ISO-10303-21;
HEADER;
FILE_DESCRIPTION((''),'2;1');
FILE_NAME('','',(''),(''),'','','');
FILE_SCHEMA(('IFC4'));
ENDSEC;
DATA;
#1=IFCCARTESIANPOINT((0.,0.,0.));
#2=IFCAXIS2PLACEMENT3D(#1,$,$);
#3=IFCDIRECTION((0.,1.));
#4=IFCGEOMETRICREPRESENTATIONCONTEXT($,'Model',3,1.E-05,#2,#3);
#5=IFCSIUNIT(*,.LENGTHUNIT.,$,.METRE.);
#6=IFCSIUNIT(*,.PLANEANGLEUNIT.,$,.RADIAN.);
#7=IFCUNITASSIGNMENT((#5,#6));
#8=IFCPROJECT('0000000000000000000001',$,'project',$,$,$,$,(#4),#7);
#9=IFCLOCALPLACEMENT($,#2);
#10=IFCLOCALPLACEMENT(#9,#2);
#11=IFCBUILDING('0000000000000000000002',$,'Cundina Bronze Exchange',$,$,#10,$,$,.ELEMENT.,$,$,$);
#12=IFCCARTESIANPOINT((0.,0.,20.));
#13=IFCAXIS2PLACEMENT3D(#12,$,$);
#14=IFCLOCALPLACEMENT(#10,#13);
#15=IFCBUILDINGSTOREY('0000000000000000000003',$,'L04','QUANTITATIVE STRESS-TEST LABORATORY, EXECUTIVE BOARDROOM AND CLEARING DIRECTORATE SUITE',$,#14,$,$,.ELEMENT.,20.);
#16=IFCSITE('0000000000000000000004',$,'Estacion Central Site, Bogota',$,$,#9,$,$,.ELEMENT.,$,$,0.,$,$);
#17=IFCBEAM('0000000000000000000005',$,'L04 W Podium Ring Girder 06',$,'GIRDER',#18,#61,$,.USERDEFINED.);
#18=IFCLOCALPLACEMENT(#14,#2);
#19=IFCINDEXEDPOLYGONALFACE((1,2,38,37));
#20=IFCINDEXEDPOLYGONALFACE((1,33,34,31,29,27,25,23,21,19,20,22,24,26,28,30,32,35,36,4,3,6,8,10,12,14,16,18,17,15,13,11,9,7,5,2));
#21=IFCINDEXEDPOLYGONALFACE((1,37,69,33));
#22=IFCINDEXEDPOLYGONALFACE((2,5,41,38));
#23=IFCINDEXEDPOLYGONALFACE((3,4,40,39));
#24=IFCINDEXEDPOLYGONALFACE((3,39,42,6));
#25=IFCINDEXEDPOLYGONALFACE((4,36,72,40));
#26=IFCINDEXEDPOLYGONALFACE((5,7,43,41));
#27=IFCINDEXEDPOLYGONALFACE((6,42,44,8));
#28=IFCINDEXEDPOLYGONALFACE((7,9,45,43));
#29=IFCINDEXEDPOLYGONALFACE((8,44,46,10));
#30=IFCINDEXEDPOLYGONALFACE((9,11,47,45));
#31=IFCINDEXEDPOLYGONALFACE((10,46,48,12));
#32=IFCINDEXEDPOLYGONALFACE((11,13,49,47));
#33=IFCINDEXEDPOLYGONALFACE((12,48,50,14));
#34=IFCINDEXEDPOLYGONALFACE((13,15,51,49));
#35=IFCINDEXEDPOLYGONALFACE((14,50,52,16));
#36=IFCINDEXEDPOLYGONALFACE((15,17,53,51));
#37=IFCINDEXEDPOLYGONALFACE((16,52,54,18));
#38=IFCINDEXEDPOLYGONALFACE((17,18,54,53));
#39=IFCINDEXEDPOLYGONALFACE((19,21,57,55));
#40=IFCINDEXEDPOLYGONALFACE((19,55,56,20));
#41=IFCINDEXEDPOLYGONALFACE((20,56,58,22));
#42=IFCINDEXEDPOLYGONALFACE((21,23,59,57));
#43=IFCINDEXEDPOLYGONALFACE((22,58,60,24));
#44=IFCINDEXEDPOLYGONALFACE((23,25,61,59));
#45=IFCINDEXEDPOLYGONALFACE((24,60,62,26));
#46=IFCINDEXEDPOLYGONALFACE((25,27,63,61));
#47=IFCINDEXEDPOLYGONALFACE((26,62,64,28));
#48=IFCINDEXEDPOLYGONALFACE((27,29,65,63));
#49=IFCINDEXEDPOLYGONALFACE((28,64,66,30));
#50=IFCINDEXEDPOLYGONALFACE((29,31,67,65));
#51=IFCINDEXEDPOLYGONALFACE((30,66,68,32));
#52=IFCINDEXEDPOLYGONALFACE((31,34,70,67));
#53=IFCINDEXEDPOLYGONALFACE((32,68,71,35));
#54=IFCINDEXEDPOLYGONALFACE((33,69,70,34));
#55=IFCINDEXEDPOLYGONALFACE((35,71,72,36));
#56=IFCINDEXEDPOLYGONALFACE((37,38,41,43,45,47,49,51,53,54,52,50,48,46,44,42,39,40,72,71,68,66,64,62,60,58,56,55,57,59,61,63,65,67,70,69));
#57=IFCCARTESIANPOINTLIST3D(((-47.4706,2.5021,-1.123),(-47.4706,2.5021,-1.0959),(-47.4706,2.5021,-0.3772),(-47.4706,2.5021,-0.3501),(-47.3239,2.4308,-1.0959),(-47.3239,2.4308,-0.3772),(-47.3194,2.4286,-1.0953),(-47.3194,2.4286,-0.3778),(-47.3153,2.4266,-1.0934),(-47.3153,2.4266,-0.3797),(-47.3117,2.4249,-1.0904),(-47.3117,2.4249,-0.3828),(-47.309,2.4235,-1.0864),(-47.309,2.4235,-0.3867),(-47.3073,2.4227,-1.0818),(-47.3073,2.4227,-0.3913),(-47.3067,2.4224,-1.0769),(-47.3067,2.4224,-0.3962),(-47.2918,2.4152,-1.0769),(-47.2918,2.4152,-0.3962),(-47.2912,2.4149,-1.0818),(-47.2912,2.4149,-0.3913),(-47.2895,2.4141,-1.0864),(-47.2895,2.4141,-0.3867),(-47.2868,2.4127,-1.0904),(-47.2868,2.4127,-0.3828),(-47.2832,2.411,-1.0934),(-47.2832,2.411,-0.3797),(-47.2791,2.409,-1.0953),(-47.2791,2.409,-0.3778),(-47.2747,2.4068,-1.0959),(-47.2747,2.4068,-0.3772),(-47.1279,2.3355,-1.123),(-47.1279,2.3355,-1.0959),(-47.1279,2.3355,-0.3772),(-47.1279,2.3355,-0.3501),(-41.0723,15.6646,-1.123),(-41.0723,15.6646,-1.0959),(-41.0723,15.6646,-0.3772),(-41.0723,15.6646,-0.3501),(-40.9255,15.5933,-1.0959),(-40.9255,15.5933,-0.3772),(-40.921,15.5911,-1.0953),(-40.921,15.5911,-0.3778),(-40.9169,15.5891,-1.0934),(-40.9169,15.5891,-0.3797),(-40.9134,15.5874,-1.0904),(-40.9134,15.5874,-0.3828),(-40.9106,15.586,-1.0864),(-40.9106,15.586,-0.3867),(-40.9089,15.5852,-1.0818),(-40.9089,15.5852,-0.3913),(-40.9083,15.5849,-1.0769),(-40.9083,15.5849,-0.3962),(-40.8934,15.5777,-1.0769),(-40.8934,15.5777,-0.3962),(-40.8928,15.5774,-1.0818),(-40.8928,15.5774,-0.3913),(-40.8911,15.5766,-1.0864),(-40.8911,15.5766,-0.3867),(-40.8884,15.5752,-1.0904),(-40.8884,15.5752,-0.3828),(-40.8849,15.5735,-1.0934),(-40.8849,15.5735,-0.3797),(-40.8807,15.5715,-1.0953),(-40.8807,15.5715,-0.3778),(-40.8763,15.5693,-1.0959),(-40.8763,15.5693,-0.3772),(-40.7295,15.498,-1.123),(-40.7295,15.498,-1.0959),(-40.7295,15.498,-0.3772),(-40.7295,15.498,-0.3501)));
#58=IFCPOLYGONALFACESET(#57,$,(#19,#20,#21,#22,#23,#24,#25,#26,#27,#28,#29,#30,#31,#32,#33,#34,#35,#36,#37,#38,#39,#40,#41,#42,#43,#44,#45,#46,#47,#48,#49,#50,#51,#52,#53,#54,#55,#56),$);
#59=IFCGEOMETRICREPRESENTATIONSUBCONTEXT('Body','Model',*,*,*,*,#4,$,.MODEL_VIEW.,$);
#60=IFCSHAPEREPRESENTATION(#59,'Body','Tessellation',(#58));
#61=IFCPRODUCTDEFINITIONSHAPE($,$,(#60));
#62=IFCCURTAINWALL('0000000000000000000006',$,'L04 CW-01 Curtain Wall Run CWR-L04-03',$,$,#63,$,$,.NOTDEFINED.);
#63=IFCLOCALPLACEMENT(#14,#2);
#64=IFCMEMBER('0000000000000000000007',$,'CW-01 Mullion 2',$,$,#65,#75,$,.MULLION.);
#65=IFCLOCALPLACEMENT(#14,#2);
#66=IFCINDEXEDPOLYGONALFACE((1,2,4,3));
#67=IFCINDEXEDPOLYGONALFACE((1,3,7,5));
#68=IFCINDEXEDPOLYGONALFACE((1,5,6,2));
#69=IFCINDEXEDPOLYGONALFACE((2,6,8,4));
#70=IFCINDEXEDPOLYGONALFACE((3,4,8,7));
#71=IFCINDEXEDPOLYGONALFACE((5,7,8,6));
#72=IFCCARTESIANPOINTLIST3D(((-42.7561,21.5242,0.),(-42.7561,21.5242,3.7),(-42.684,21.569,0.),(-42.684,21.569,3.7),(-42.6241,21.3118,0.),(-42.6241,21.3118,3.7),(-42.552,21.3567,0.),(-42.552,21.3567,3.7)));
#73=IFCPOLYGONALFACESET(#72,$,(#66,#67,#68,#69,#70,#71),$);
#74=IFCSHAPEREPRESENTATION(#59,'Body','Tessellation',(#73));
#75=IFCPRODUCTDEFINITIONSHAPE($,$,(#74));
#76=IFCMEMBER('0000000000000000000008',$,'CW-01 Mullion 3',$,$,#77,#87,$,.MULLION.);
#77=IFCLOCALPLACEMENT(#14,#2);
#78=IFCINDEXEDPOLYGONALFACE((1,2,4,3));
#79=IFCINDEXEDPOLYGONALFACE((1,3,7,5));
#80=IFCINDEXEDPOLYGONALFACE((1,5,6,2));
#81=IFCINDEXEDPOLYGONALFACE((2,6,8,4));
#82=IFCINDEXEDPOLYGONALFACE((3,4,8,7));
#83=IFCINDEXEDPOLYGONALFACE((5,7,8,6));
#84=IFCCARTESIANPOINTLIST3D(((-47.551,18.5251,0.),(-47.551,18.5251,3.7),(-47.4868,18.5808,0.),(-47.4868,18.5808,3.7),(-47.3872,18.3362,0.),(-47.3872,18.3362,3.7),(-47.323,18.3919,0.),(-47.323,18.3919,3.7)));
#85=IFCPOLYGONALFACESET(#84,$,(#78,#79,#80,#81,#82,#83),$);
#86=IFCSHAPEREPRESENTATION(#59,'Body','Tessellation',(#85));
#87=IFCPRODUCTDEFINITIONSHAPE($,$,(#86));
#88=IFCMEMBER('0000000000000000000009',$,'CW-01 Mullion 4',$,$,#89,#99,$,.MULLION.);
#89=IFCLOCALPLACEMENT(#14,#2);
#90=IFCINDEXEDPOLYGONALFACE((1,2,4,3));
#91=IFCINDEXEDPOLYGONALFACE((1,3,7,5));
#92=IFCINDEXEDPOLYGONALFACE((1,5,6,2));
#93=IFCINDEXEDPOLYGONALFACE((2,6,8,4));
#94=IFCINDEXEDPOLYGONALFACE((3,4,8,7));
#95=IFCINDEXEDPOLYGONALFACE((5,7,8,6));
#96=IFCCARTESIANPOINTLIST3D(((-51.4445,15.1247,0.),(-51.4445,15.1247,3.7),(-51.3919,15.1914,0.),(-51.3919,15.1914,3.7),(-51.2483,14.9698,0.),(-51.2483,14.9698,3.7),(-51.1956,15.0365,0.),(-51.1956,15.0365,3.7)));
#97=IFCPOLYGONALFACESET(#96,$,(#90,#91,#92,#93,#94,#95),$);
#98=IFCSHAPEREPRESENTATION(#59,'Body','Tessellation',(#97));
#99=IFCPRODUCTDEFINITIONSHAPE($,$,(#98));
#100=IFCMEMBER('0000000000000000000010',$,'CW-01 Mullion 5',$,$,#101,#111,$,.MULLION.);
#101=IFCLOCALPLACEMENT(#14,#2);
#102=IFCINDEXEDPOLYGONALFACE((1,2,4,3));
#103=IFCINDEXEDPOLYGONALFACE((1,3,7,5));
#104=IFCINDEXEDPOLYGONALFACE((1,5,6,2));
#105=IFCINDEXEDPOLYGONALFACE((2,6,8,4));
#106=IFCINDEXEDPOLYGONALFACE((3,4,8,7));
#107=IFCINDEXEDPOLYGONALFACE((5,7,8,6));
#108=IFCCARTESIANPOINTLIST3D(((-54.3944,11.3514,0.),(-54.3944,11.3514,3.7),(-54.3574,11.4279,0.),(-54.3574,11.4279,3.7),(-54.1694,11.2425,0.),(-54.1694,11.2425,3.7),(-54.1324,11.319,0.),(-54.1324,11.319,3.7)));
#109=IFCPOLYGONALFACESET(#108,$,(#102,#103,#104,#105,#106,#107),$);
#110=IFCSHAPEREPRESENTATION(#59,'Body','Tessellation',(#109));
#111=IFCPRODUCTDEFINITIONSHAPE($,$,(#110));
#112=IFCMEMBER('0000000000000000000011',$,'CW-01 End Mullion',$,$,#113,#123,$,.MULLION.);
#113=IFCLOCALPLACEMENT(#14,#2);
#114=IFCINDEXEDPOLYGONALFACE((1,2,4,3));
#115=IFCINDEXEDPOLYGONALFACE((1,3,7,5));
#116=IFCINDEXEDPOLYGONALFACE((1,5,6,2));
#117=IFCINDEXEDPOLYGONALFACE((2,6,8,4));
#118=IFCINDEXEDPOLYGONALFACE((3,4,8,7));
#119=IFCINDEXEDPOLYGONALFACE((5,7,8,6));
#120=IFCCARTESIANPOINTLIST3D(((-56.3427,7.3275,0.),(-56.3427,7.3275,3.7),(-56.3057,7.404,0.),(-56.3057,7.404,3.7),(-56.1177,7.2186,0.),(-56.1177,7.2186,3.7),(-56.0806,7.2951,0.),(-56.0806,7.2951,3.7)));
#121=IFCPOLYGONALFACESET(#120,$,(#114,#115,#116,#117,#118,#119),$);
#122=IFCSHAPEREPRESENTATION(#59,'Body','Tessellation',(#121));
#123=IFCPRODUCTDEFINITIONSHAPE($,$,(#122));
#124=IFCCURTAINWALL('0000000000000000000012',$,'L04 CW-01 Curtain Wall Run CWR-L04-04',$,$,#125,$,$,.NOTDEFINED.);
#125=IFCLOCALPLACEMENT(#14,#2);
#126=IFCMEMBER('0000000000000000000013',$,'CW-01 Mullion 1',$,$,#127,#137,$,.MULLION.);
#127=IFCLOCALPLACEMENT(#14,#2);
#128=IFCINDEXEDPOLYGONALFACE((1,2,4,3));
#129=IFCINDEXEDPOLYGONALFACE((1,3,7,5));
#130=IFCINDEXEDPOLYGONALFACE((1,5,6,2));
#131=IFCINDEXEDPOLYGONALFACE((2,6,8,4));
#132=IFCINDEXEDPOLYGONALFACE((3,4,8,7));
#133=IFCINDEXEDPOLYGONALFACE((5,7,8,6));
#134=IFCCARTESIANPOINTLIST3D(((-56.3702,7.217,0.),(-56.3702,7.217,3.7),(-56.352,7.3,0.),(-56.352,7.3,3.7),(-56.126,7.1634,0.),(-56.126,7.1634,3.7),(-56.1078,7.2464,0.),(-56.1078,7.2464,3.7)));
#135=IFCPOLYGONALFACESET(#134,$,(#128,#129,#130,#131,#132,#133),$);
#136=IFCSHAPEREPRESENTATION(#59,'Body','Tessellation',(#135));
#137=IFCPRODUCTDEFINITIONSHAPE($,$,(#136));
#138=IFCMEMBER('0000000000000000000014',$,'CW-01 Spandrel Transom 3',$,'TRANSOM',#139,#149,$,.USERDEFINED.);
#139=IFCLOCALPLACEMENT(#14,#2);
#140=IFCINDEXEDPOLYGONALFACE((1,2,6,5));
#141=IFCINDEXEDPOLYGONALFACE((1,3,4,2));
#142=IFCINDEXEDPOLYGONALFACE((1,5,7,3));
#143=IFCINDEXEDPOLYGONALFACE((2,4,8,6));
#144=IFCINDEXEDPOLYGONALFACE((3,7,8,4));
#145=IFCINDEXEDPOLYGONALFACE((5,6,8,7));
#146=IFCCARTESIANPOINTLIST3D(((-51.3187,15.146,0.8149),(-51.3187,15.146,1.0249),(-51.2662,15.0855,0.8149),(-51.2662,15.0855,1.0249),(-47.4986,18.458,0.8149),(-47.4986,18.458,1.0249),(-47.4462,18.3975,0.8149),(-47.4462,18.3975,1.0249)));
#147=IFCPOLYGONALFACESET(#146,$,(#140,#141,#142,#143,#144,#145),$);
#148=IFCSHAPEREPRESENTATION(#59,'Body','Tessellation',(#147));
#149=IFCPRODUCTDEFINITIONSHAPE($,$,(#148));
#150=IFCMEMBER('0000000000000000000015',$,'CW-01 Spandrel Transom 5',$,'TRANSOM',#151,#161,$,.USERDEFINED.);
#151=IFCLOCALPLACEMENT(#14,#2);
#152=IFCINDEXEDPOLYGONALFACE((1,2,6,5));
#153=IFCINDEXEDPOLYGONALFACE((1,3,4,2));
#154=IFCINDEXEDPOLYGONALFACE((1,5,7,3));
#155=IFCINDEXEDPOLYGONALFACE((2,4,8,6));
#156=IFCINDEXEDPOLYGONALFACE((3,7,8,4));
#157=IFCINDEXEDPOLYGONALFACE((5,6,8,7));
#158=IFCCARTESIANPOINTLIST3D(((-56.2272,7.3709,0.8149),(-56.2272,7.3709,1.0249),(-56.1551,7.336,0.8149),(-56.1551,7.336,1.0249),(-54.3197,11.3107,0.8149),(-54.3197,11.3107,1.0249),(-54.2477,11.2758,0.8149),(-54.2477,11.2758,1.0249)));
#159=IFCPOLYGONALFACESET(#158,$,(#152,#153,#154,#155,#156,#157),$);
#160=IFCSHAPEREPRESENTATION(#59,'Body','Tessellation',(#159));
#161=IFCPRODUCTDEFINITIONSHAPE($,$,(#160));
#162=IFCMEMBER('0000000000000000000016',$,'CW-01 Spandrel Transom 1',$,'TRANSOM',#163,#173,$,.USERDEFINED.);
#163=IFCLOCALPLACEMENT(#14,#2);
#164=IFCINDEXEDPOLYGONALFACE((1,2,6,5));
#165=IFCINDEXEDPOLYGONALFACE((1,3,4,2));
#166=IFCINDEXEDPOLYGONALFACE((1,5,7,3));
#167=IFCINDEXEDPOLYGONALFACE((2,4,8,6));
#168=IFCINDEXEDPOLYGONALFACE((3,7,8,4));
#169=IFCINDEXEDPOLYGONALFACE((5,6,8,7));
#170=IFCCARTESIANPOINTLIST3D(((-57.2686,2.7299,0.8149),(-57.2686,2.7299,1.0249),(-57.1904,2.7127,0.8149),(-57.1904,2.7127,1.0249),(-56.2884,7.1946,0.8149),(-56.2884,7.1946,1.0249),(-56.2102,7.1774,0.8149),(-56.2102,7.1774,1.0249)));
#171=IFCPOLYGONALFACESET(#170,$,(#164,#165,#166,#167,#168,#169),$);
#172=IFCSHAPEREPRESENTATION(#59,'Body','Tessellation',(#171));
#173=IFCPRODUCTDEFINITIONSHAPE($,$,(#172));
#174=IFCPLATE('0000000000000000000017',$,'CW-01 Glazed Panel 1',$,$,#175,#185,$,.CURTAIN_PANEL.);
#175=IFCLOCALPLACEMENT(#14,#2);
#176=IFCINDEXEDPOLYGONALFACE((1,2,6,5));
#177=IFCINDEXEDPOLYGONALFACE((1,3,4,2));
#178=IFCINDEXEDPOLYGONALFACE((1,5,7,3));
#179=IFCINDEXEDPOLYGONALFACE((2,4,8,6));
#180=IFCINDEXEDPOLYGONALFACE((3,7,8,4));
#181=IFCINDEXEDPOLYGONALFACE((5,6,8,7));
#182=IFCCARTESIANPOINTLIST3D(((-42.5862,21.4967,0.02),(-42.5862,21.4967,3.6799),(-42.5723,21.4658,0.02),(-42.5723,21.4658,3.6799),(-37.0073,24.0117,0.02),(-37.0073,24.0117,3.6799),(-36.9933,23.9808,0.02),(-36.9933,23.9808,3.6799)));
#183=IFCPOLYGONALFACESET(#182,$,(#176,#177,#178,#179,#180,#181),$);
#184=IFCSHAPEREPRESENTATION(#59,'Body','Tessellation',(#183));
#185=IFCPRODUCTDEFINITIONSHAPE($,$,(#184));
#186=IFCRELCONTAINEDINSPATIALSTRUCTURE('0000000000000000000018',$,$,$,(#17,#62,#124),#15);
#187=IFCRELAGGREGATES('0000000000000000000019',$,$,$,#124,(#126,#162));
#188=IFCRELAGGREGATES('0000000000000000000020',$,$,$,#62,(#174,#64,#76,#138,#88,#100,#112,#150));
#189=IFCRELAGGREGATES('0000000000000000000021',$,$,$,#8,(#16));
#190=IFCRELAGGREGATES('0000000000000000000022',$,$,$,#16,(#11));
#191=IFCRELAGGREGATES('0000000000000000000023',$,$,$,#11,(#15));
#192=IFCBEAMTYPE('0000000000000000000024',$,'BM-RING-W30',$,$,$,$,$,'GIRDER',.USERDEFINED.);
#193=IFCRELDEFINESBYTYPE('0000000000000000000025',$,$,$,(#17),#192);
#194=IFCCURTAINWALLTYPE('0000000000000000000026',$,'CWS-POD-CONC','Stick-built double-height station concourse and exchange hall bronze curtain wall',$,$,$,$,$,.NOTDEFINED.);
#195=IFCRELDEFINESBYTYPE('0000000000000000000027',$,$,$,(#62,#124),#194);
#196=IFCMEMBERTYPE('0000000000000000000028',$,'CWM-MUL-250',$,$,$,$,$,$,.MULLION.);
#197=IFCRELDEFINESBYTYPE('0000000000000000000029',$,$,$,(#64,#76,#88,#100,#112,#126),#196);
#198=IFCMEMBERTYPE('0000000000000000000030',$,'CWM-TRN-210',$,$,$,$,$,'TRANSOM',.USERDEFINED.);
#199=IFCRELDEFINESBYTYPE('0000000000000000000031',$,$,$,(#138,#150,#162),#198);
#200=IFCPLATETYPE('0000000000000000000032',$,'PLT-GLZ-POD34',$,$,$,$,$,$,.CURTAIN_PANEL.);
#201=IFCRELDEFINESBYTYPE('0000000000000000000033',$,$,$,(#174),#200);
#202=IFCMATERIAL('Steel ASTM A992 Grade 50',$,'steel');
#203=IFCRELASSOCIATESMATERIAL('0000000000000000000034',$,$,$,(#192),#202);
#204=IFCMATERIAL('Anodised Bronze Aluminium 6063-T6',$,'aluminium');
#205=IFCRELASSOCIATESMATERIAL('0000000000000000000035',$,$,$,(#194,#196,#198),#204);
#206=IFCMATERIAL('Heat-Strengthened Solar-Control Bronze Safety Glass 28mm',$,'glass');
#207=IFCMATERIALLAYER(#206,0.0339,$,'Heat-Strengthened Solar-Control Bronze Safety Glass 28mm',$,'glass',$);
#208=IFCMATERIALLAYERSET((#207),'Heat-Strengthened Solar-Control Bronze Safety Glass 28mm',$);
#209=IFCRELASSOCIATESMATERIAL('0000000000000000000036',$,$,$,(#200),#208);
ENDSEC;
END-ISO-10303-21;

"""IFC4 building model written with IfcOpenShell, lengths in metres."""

from ifc_helpers import new_model, si_unit, direction, frame, origin, origin_2d, place, context, subcontext, project, spatial, rectangle, i_section, extrude, material, layer, layer_set, material_profile, profile_set, type_object, element, aggregate, save


model = new_model("IFC4")

# Units and contexts
model_context = context("Model", 3, precision=1e-05, world=origin(), true_north=direction((0.0, 1.0)))
body_context = subcontext(model_context, "Body", "Model", "MODEL_VIEW")
ifc_project = project(units=[si_unit("LENGTHUNIT", "METRE"), si_unit("PLANEANGLEUNIT", "RADIAN")], contexts=[model_context])

# Site, building, storey
site_placement = place(None, origin())
site = spatial("IfcSite", under=ifc_project, at=site_placement, Name="Estacion Central Site, Bogota", CompositionType="ELEMENT", RefElevation=0.0)
building_placement = place(site_placement, origin())
building = spatial("IfcBuilding", under=site, at=building_placement, Name="Cundina Bronze Exchange", CompositionType="ELEMENT")
storey_placement = place(building_placement, frame((0.0, 0.0, 20.0)))
storey = spatial("IfcBuildingStorey", under=building, at=storey_placement, Name="L04", Description="QUANTITATIVE STRESS-TEST LABORATORY, EXECUTIVE BOARDROOM AND CLEARING DIRECTORATE SUITE", CompositionType="ELEMENT", Elevation=20.0)

# Beam
ifc_material_1 = material(Name="Steel ASTM A992 Grade 50", Category="steel")
ifc_material_profile_1 = material_profile(ifc_material_1, i_section(OverallWidth=0.3811, OverallDepth=0.7729, WebThickness=0.0166, FlangeThickness=0.0271, FilletRadius=0.019, at=origin_2d()), Name="W30X173", Category="steel")
ifc_profile_set_1 = profile_set([ifc_material_profile_1], Name="Steel ASTM A992 Grade 50")
beam_type_1 = type_object("IfcBeamType", Name="BM-RING-W30", ElementType="GIRDER", PredefinedType="USERDEFINED", material=ifc_profile_set_1)
beam_1_placement = place(storey_placement, frame((-40.9009, 15.5813, -0.7366), z_axis=(-0.43719, -0.899369, 0.0), x_axis=(0.899369, -0.43719, 0.0)))
element("IfcBeam", 1, at=beam_1_placement, inside=storey, type_object=beam_type_1, Name="L04 W Podium Ring Girder 06", ObjectType="GIRDER", PredefinedType="USERDEFINED", context=body_context, shape_type="SweptSolid", body=[
    extrude(i_section(OverallWidth=0.3811, OverallDepth=0.7729, WebThickness=0.0166, FlangeThickness=0.0271, FilletRadius=0.019, at=origin_2d()), origin(), (0.0, 0.0, 1.0), 14.6353),
])

# Curtain wall, members
ifc_material_2 = material(Name="Anodised Bronze Aluminium 6063-T6", Category="aluminium")
curtain_wall_type = type_object("IfcCurtainWallType", Name="CWS-POD-CONC", Description="Stick-built double-height station concourse and exchange hall bronze curtain wall", PredefinedType="NOTDEFINED", material=ifc_material_2)
curtain_wall_1_placement = place(storey_placement, origin())
curtain_wall_1 = element("IfcCurtainWall", 2, at=curtain_wall_1_placement, inside=storey, type_object=curtain_wall_type, Name="L04 CW-01 Curtain Wall Run CWR-L04-03", PredefinedType="NOTDEFINED")
ifc_material_profile_2 = material_profile(ifc_material_2, rectangle(XDim=0.085, YDim=0.25, at=origin_2d()), Name="AL85X250", Category="aluminium")
ifc_profile_set_2 = profile_set([ifc_material_profile_2], Name="Anodised Bronze Aluminium 6063-T6")
member_type_1 = type_object("IfcMemberType", Name="CWM-MUL-250", PredefinedType="MULLION", material=ifc_profile_set_2)
member_1_placement = place(storey_placement, frame((-42.6541, 21.4404, 0.0), z_axis=(0.0, 0.0, 1.0), x_axis=(-0.849248, -0.527994, 0.0)))
member_1 = element("IfcMember", 3, at=member_1_placement, type_object=member_type_1, Name="CW-01 Mullion 2", PredefinedType="MULLION", context=body_context, shape_type="SweptSolid", body=[
    extrude(rectangle(XDim=0.085, YDim=0.25, at=origin_2d()), origin(), (0.0, 0.0, 1.0), 3.7),
])
member_2_placement = place(storey_placement, frame((-47.437, 18.4585, 0.0), z_axis=(0.0, 0.0, 1.0), x_axis=(-0.755511, -0.655136, 0.0)))
member_2 = element("IfcMember", 4, at=member_2_placement, type_object=member_type_1, Name="CW-01 Mullion 3", PredefinedType="MULLION", context=body_context, shape_type="SweptSolid", body=[
    extrude(rectangle(XDim=0.085, YDim=0.25, at=origin_2d()), origin(), (0.0, 0.0, 1.0), 3.7),
])
member_3_placement = place(storey_placement, frame((-51.3201, 15.0806, 0.0), z_axis=(0.0, 0.0, 1.0), x_axis=(-0.619505, -0.784993, 0.0)))
member_3 = element("IfcMember", 5, at=member_3_placement, type_object=member_type_1, Name="CW-01 Mullion 4", PredefinedType="MULLION", context=body_context, shape_type="SweptSolid", body=[
    extrude(rectangle(XDim=0.085, YDim=0.25, at=origin_2d()), origin(), (0.0, 0.0, 1.0), 3.7),
])
member_4_placement = place(storey_placement, frame((-54.2634, 11.3352, 0.0), z_axis=(0.0, 0.0, 1.0), x_axis=(-0.435702, -0.900091, 0.0)))
member_4 = element("IfcMember", 6, at=member_4_placement, type_object=member_type_1, Name="CW-01 Mullion 5", PredefinedType="MULLION", context=body_context, shape_type="SweptSolid", body=[
    extrude(rectangle(XDim=0.085, YDim=0.25, at=origin_2d()), origin(), (0.0, 0.0, 1.0), 3.7),
])
member_5_placement = place(storey_placement, frame((-56.2117, 7.3113, 0.0), z_axis=(0.0, 0.0, 1.0), x_axis=(-0.435702, -0.900091, 0.0)))
member_5 = element("IfcMember", 7, at=member_5_placement, type_object=member_type_1, Name="CW-01 End Mullion", PredefinedType="MULLION", context=body_context, shape_type="SweptSolid", body=[
    extrude(rectangle(XDim=0.085, YDim=0.25, at=origin_2d()), origin(), (0.0, 0.0, 1.0), 3.7),
])

# Curtain wall, member
curtain_wall_2_placement = place(storey_placement, origin())
curtain_wall_2 = element("IfcCurtainWall", 8, at=curtain_wall_2_placement, inside=storey, type_object=curtain_wall_type, Name="L04 CW-01 Curtain Wall Run CWR-L04-04", PredefinedType="NOTDEFINED")
member_6_placement = place(storey_placement, frame((-56.239, 7.2317, 0.0), z_axis=(0.0, 0.0, 1.0), x_axis=(-0.214565, -0.97671, 0.0)))
member_6 = element("IfcMember", 9, at=member_6_placement, type_object=member_type_1, Name="CW-01 Mullion 1", PredefinedType="MULLION", context=body_context, shape_type="SweptSolid", body=[
    extrude(rectangle(XDim=0.085, YDim=0.25, at=origin_2d()), origin(), (0.0, 0.0, 1.0), 3.7),
])

# Members
ifc_material_profile_3 = material_profile(ifc_material_2, rectangle(XDim=0.0801, YDim=0.21, at=origin_2d()), Name="AL80X210", Category="aluminium")
ifc_profile_set_3 = profile_set([ifc_material_profile_3], Name="Anodised Bronze Aluminium 6063-T6")
member_type_2 = type_object("IfcMemberType", Name="CWM-TRN-210", ElementType="TRANSOM", PredefinedType="USERDEFINED", material=ifc_profile_set_3)
member_7_placement = place(storey_placement, frame((-47.4724, 18.4277, 0.9199), z_axis=(-0.755563, -0.655076, 0.0), x_axis=(0.655076, -0.755563, 0.0)))
member_7 = element("IfcMember", 10, at=member_7_placement, type_object=member_type_2, Name="CW-01 Spandrel Transom 3", ObjectType="TRANSOM", PredefinedType="USERDEFINED", context=body_context, shape_type="SweptSolid", body=[
    extrude(rectangle(XDim=0.0801, YDim=0.21, at=origin_2d()), origin(), (0.0, 0.0, 1.0), 5.0559),
])
member_8_placement = place(storey_placement, frame((-54.2837, 11.2932, 0.9199), z_axis=(-0.435777, -0.900055, 0.0), x_axis=(0.900055, -0.435777, 0.0)))
member_8 = element("IfcMember", 11, at=member_8_placement, type_object=member_type_2, Name="CW-01 Spandrel Transom 5", ObjectType="TRANSOM", PredefinedType="USERDEFINED", context=body_context, shape_type="SweptSolid", body=[
    extrude(rectangle(XDim=0.0801, YDim=0.21, at=origin_2d()), origin(), (0.0, 0.0, 1.0), 4.3772),
])
member_9_placement = place(storey_placement, frame((-56.2493, 7.186, 0.9199), z_axis=(-0.214447, -0.976736, 0.0), x_axis=(0.976736, -0.214447, 0.0)))
member_9 = element("IfcMember", 12, at=member_9_placement, type_object=member_type_2, Name="CW-01 Spandrel Transom 1", ObjectType="TRANSOM", PredefinedType="USERDEFINED", context=body_context, shape_type="SweptSolid", body=[
    extrude(rectangle(XDim=0.0801, YDim=0.21, at=origin_2d()), origin(), (0.0, 0.0, 1.0), 4.571),
])

# Plate
ifc_material_3 = material(Name="Heat-Strengthened Solar-Control Bronze Safety Glass 28mm", Category="glass")
ifc_layer_1 = layer(ifc_material_3, 0.0339, Name="Heat-Strengthened Solar-Control Bronze Safety Glass 28mm", Category="glass")
ifc_layer_set_1 = layer_set([ifc_layer_1], Name="Heat-Strengthened Solar-Control Bronze Safety Glass 28mm")
plate_type_1 = type_object("IfcPlateType", Name="PLT-GLZ-POD34", PredefinedType="CURTAIN_PANEL", material=ifc_layer_set_1)
plate_1_placement = place(storey_placement, frame((-39.7898, 22.7388, 0.02), z_axis=(0.0, 0.0, 1.0), x_axis=(-0.911647, -0.410973, 0.0)))
plate_1 = element("IfcPlate", 13, at=plate_1_placement, type_object=plate_type_1, Name="CW-01 Glazed Panel 1", PredefinedType="CURTAIN_PANEL", context=body_context, shape_type="SweptSolid", body=[
    extrude(rectangle(XDim=6.1196, YDim=0.0339, at=origin_2d()), origin(), (0.0, 0.0, 1.0), 3.6599),
])
aggregate(curtain_wall_2, [member_6, member_9])
aggregate(curtain_wall_1, [plate_1, member_1, member_2, member_7, member_3, member_4, member_5, member_8])

save(model, "model.ifc")
